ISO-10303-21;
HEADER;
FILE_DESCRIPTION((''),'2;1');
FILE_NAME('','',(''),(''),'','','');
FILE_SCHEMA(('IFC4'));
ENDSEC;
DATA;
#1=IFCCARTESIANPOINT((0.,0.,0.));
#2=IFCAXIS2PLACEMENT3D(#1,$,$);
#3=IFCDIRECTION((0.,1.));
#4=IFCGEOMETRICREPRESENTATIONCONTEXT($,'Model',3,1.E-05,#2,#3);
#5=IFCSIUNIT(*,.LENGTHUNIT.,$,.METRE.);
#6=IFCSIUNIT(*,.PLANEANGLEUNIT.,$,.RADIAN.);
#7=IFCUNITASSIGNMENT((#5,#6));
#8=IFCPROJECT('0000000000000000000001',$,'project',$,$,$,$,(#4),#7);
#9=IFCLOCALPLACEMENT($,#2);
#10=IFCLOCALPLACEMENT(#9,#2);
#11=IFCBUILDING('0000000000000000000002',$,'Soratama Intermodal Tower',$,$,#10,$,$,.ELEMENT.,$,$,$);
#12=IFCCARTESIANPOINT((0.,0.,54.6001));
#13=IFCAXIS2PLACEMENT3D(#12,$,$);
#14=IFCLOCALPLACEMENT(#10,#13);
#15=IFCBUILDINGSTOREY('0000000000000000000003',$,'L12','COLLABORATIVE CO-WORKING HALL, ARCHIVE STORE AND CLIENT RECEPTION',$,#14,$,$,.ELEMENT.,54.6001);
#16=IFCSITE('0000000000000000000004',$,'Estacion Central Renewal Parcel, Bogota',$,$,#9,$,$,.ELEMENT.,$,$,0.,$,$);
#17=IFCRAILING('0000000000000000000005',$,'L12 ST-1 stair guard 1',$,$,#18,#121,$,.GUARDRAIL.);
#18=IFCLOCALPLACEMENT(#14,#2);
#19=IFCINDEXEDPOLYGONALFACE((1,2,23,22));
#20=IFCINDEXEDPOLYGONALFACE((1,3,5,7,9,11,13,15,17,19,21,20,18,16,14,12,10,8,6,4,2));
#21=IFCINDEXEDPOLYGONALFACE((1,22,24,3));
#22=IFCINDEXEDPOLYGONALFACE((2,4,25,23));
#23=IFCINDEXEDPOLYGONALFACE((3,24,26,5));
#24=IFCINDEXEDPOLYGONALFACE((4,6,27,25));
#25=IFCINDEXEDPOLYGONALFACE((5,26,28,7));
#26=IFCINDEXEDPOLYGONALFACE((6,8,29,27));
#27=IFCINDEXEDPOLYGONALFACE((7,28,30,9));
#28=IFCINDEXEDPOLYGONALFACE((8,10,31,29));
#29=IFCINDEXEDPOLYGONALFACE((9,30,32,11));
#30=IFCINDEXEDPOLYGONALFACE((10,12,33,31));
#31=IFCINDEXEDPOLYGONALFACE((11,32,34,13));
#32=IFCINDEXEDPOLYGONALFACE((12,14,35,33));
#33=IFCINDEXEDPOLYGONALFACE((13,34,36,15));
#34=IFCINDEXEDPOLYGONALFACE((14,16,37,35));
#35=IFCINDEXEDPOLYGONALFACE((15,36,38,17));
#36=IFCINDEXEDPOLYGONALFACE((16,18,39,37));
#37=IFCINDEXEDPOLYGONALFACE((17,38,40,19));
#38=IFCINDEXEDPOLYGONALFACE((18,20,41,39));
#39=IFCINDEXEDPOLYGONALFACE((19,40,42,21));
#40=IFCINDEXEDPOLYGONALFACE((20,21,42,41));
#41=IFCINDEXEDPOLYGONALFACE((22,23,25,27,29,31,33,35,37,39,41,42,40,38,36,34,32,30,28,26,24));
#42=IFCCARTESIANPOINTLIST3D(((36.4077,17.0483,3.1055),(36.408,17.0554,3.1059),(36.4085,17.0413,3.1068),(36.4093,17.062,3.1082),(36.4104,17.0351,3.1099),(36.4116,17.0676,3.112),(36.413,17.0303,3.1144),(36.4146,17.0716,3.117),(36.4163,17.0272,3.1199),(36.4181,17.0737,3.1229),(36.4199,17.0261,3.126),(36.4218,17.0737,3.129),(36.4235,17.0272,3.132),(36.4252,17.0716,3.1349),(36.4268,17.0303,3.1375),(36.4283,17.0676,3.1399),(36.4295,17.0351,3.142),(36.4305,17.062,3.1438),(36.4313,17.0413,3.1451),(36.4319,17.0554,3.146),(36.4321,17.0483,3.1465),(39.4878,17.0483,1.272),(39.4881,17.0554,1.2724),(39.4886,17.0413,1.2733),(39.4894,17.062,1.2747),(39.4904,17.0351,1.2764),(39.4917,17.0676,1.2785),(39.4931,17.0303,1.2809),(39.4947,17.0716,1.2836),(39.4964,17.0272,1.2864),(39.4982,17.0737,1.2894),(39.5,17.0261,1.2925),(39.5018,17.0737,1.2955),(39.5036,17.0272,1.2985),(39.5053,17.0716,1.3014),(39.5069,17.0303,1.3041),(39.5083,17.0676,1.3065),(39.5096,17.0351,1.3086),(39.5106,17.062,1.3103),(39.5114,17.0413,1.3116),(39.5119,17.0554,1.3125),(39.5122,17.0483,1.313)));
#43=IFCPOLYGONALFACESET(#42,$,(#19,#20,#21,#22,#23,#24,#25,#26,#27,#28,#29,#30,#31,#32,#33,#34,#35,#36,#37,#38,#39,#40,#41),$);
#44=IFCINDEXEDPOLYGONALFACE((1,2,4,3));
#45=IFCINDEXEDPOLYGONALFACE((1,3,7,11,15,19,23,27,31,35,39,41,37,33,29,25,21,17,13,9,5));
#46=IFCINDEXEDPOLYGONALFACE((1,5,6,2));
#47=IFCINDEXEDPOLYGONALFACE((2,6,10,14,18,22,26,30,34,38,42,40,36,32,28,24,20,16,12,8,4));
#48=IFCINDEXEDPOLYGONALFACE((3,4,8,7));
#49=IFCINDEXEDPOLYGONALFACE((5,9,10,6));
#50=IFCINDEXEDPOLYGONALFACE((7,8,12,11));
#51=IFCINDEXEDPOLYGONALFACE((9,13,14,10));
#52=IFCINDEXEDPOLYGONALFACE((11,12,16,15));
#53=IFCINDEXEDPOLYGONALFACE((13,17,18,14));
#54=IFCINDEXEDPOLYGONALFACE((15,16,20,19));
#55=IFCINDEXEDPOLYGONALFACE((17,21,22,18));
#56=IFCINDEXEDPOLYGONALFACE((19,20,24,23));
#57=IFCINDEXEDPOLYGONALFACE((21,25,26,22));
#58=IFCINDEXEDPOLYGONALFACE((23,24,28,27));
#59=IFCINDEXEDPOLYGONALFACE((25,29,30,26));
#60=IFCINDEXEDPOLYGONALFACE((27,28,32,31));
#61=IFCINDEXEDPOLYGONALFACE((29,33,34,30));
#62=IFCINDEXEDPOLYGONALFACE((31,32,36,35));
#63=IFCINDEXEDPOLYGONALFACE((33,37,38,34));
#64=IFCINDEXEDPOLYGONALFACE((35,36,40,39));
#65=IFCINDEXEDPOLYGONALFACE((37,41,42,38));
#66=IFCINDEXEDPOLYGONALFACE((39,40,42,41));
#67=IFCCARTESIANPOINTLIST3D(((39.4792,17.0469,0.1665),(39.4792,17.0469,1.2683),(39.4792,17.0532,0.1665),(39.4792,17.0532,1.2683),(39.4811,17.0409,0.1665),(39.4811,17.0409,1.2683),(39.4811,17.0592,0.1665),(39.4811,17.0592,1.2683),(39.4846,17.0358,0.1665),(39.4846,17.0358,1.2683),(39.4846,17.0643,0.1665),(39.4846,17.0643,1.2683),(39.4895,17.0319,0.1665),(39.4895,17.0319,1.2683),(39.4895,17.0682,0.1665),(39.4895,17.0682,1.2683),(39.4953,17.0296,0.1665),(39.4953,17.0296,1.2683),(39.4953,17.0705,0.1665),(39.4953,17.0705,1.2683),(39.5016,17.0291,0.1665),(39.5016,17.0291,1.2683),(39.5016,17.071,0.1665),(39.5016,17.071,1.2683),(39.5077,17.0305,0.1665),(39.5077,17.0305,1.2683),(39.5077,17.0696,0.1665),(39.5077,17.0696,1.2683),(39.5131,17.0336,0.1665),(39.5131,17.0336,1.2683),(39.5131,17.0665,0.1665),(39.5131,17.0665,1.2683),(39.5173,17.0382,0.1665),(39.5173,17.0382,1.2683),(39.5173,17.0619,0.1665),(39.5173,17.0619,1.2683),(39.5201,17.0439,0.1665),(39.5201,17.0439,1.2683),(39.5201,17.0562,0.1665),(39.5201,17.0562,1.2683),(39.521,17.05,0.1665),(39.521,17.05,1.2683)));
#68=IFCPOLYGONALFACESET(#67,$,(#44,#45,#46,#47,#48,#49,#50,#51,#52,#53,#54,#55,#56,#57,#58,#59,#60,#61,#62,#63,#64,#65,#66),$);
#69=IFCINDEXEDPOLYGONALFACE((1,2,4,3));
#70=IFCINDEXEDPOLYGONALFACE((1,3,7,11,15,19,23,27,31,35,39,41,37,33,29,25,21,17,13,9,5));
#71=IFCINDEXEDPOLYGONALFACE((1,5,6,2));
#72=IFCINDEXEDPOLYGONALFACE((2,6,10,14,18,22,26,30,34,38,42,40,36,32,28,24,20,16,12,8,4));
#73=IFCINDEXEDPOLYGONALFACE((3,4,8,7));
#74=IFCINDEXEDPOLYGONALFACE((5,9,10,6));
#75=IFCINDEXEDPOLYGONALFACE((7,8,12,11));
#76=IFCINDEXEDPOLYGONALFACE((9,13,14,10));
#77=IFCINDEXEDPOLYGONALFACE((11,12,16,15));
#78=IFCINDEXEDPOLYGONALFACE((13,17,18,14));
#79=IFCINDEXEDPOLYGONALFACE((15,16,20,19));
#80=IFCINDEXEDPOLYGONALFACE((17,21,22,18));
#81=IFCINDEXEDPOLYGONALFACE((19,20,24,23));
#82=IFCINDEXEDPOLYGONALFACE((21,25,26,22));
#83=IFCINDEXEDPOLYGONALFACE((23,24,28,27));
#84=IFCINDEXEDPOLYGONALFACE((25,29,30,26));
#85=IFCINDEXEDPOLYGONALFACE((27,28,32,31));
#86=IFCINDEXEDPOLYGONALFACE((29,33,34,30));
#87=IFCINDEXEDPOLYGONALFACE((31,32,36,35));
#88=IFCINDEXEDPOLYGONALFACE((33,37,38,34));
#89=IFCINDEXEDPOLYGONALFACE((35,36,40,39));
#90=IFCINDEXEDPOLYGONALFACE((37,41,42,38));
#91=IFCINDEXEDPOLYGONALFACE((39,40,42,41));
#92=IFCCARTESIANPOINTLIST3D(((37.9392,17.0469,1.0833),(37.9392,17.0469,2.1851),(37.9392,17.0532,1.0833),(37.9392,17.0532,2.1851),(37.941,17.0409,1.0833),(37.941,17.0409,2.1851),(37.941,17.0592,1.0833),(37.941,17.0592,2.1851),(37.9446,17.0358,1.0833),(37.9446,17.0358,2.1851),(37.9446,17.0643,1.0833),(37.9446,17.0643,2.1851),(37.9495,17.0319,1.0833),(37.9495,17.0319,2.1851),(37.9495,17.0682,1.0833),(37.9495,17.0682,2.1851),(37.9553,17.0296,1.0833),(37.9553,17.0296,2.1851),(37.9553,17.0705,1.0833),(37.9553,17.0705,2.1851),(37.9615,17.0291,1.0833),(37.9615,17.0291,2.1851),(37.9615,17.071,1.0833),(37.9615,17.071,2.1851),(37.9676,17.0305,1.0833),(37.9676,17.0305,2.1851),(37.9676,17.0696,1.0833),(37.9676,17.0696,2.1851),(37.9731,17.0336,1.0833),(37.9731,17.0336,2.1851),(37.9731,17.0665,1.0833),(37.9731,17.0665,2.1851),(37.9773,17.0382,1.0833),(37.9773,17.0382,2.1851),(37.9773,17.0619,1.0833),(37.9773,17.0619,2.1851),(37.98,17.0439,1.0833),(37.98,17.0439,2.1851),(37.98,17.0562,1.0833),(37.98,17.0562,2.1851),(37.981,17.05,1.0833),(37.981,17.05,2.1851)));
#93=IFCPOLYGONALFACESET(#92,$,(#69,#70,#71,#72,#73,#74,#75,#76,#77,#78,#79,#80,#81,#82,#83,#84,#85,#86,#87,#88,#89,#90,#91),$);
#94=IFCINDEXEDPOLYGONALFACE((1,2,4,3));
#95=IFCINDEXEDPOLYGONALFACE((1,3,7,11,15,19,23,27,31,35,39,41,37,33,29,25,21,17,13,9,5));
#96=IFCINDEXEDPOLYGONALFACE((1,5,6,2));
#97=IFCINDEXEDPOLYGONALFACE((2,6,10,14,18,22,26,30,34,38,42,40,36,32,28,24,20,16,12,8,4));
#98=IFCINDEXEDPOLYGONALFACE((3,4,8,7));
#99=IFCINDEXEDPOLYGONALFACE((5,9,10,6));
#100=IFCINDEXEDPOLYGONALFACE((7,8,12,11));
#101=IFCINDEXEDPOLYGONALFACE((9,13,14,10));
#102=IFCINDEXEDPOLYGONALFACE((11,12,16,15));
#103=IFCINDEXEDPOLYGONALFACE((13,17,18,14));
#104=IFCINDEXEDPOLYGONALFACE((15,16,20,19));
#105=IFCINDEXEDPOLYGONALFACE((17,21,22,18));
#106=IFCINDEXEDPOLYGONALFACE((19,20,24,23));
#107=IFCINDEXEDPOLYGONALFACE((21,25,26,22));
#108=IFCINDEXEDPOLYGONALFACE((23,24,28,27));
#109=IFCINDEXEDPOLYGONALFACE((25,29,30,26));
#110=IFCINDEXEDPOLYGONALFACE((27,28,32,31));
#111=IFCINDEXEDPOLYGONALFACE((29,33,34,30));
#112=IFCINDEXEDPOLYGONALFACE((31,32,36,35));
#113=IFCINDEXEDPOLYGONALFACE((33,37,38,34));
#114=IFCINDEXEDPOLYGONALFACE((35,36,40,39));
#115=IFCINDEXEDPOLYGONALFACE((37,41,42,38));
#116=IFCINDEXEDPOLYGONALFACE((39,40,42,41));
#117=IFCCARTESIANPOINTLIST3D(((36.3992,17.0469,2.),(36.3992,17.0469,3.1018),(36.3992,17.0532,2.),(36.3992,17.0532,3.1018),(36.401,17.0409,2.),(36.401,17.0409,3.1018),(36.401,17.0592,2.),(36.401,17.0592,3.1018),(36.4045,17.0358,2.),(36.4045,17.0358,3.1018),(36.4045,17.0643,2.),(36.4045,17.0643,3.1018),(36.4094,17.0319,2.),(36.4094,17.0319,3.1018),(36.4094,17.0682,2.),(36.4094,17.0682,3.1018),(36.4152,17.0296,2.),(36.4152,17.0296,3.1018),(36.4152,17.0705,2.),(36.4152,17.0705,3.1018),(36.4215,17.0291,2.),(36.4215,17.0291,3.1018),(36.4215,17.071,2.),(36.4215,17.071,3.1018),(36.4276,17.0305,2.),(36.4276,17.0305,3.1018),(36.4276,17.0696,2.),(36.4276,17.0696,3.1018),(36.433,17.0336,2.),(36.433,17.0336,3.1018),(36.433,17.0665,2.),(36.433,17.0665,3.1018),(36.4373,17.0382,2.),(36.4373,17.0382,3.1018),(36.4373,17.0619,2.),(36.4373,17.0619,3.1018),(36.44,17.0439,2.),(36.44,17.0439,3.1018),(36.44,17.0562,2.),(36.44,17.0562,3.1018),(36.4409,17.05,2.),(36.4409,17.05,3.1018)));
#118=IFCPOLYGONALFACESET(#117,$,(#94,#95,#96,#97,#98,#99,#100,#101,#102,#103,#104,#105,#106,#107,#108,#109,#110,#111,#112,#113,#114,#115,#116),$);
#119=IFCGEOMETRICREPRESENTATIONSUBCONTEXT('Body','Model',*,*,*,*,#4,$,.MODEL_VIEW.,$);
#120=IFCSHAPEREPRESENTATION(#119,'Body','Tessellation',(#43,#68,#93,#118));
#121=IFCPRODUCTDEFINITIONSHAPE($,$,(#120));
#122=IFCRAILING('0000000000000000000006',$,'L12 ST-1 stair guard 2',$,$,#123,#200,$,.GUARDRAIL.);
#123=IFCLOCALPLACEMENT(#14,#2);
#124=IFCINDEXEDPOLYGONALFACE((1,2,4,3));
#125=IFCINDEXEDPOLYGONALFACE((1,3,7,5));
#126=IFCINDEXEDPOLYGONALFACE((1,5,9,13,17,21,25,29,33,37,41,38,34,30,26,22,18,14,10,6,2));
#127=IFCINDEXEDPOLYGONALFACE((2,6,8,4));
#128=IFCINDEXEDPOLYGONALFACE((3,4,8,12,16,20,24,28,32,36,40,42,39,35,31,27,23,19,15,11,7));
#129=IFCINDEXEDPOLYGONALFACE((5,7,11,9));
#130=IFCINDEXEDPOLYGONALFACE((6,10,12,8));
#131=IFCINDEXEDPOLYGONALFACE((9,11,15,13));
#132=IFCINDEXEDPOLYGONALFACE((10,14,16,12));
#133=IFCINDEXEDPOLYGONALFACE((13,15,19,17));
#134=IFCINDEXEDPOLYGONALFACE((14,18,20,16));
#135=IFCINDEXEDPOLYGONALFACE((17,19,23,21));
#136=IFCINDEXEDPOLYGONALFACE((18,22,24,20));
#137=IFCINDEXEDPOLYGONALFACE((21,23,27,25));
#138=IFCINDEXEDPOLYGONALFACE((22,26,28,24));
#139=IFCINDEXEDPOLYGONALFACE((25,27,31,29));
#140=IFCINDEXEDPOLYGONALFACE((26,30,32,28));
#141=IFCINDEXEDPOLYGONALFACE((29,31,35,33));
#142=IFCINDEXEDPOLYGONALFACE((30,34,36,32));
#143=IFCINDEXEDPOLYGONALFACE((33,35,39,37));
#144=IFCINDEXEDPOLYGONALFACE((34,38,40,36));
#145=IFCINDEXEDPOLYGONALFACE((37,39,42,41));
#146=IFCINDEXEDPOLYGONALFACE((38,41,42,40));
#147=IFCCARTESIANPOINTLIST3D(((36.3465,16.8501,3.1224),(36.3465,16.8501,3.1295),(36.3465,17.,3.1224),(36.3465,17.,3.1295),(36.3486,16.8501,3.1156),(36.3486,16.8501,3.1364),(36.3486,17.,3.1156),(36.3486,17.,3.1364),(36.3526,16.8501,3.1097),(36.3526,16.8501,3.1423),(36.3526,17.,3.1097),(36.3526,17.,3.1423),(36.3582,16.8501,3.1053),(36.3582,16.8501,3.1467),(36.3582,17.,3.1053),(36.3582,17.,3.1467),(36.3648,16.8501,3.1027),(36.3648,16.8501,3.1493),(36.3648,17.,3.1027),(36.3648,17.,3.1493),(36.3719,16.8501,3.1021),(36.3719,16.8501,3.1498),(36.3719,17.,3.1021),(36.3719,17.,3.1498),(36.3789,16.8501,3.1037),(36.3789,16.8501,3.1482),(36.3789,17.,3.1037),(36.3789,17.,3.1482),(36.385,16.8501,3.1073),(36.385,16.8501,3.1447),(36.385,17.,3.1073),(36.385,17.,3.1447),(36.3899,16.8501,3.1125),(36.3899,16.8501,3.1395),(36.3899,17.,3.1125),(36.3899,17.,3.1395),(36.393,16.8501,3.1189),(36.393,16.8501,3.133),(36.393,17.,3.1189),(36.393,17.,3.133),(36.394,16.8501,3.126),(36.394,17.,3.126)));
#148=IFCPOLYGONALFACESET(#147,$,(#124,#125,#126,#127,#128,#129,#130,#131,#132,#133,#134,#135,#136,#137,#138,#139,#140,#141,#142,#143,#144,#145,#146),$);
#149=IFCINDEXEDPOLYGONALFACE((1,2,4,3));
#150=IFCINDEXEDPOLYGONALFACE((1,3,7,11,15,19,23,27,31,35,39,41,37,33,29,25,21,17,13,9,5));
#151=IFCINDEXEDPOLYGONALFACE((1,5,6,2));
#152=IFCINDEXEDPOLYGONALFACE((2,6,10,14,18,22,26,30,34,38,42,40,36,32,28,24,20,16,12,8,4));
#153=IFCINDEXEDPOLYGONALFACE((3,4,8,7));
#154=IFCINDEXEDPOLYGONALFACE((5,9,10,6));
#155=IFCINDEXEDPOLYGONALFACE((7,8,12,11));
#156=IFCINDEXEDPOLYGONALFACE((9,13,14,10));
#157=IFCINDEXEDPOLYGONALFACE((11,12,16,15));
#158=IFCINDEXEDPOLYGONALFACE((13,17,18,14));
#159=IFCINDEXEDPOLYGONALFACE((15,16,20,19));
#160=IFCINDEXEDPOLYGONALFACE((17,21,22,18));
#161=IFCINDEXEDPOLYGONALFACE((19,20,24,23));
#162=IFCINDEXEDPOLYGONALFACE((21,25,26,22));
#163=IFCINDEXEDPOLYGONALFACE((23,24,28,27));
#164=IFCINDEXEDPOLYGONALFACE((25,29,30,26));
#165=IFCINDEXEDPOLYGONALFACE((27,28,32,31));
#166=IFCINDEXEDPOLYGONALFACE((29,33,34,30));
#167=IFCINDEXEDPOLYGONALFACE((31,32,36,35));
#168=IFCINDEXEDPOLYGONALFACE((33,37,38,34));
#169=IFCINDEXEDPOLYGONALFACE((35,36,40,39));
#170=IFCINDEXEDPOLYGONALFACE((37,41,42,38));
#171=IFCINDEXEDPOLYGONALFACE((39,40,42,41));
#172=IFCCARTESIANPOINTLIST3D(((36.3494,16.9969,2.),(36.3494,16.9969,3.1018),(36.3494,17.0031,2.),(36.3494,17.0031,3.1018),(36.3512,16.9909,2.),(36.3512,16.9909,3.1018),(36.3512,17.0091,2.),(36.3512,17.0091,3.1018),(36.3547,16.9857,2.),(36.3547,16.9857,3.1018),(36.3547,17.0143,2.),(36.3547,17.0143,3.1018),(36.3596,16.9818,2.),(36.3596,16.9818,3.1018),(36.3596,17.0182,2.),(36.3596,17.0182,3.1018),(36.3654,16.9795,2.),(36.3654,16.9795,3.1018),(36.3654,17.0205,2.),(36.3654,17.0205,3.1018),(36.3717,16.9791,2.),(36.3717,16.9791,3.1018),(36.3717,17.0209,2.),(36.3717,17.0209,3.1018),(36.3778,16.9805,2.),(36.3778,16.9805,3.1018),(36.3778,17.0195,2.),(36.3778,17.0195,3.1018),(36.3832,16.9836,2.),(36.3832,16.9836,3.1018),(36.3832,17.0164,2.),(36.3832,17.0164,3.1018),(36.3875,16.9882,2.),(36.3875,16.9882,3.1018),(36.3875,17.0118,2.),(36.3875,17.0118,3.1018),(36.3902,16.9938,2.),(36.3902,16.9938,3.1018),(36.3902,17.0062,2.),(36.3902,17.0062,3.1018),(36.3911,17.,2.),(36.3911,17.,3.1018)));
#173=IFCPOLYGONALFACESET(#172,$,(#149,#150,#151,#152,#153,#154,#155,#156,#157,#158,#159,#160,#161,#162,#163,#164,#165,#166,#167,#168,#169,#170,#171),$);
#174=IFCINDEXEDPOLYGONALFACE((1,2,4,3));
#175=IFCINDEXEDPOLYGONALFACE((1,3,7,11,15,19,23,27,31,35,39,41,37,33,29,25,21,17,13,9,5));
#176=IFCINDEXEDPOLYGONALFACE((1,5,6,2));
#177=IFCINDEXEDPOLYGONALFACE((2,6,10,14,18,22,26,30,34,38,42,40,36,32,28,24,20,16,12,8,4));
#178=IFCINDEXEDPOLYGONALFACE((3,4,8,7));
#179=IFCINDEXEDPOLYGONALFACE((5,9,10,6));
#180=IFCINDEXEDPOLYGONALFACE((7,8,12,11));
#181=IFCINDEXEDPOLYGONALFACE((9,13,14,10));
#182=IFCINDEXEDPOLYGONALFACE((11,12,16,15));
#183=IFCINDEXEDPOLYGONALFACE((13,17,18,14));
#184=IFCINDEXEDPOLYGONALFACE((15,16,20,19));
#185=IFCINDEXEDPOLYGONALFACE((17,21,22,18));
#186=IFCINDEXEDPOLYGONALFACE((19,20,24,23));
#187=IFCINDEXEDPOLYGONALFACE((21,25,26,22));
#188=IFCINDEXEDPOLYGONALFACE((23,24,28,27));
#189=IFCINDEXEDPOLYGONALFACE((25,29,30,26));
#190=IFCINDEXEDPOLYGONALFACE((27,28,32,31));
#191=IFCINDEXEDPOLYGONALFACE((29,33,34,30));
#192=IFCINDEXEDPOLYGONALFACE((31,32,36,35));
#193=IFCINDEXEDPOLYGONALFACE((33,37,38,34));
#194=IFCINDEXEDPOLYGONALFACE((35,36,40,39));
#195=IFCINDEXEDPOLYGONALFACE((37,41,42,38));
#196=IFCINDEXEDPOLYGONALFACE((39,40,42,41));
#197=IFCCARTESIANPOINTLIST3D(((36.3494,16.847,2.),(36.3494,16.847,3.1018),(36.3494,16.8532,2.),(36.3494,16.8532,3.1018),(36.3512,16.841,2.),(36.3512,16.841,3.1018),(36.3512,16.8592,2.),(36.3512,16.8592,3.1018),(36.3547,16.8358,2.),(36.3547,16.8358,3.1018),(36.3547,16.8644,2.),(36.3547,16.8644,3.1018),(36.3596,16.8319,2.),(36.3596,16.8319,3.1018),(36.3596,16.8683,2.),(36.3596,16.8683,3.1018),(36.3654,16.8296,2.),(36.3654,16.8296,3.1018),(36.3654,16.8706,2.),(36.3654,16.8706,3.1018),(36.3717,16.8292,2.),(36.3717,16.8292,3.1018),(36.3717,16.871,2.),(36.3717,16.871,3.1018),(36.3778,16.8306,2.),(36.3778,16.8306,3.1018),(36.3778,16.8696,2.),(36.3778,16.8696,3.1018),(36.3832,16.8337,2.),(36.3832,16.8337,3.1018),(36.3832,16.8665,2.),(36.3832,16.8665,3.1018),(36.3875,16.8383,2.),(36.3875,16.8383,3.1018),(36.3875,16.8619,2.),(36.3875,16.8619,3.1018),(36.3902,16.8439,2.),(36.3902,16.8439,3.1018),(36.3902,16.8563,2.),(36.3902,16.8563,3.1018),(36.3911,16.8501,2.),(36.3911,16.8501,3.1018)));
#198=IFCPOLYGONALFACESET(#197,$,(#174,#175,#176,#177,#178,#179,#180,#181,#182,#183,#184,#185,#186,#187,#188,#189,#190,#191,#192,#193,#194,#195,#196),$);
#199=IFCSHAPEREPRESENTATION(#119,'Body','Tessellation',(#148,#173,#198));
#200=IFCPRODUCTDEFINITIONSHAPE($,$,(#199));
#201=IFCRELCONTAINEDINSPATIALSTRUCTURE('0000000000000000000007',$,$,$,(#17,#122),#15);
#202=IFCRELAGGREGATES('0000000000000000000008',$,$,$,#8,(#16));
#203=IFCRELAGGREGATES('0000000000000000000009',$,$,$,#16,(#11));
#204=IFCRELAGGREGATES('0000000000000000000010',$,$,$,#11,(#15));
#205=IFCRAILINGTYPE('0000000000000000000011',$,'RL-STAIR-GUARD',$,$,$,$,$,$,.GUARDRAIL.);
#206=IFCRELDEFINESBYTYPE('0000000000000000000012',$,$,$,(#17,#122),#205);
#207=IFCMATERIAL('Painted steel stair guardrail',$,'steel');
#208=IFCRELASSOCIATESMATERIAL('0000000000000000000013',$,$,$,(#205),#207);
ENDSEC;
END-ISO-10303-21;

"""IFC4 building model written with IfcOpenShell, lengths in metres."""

from ifc_helpers import new_model, si_unit, direction, frame, origin, origin_2d, place, context, subcontext, project, spatial, circle, extrude, material, type_object, element, save


model = new_model("IFC4")

# Units and contexts
model_context = context("Model", 3, precision=1e-05, world=origin(), true_north=direction((0.0, 1.0)))
body_context = subcontext(model_context, "Body", "Model", "MODEL_VIEW")
ifc_project = project(units=[si_unit("LENGTHUNIT", "METRE"), si_unit("PLANEANGLEUNIT", "RADIAN")], contexts=[model_context])

# Site, building, storey
site_placement = place(None, origin())
site = spatial("IfcSite", under=ifc_project, at=site_placement, Name="Estacion Central Renewal Parcel, Bogota", CompositionType="ELEMENT", RefElevation=0.0)
building_placement = place(site_placement, origin())
building = spatial("IfcBuilding", under=site, at=building_placement, Name="Soratama Intermodal Tower", CompositionType="ELEMENT")
storey_placement = place(building_placement, frame((0.0, 0.0, 54.6001)))
storey = spatial("IfcBuildingStorey", under=building, at=storey_placement, Name="L12", Description="COLLABORATIVE CO-WORKING HALL, ARCHIVE STORE AND CLIENT RECEPTION", CompositionType="ELEMENT", Elevation=54.6001)

# Railings
ifc_material_1 = material(Name="Painted steel stair guardrail", Category="steel")
railing_type_1 = type_object("IfcRailingType", Name="RL-STAIR-GUARD", PredefinedType="GUARDRAIL", material=ifc_material_1)
railing_1_placement = place(storey_placement, frame((39.5, 17.05, 0.1665)))
element("IfcRailing", 1, at=railing_1_placement, inside=storey, type_object=railing_type_1, Name="L12 ST-1 stair guard 1", PredefinedType="GUARDRAIL", context=body_context, shape_type="SweptSolid", body=[
    extrude(circle(Radius=0.0239, at=origin_2d()), frame((0.0, 0.0, 1.126), z_axis=(-0.859279, 0.0, 0.511508), x_axis=(0.0, -1.0, 0.0)), (0.0, 0.0, 1.0), 3.5845),
    extrude(circle(Radius=0.021, at=origin_2d()), origin(), (0.0, 0.0, 1.0), 1.1018),
    extrude(circle(Radius=0.021, at=origin_2d()), frame((-1.54, 0.0, 0.9167)), (0.0, 0.0, 1.0), 1.1018),
    extrude(circle(Radius=0.021, at=origin_2d()), frame((-3.0801, 0.0, 1.8335)), (0.0, 0.0, 1.0), 1.1018),
])
railing_2_placement = place(storey_placement, frame((36.3701, 17.0, 2.0)))
element("IfcRailing", 2, at=railing_2_placement, inside=storey, type_object=railing_type_1, Name="L12 ST-1 stair guard 2", PredefinedType="GUARDRAIL", context=body_context, shape_type="SweptSolid", body=[
    extrude(circle(Radius=0.0239, at=origin_2d()), frame((0.0, 0.0, 1.126), z_axis=(0.0, -1.0, 0.0), x_axis=(1.0, 0.0, 0.0)), (0.0, 0.0, 1.0), 0.1499),
    extrude(circle(Radius=0.021, at=origin_2d()), origin(), (0.0, 0.0, 1.0), 1.1018),
    extrude(circle(Radius=0.021, at=origin_2d()), frame((0.0, -0.1499, 0.0)), (0.0, 0.0, 1.0), 1.1018),
])

save(model, "model.ifc")
